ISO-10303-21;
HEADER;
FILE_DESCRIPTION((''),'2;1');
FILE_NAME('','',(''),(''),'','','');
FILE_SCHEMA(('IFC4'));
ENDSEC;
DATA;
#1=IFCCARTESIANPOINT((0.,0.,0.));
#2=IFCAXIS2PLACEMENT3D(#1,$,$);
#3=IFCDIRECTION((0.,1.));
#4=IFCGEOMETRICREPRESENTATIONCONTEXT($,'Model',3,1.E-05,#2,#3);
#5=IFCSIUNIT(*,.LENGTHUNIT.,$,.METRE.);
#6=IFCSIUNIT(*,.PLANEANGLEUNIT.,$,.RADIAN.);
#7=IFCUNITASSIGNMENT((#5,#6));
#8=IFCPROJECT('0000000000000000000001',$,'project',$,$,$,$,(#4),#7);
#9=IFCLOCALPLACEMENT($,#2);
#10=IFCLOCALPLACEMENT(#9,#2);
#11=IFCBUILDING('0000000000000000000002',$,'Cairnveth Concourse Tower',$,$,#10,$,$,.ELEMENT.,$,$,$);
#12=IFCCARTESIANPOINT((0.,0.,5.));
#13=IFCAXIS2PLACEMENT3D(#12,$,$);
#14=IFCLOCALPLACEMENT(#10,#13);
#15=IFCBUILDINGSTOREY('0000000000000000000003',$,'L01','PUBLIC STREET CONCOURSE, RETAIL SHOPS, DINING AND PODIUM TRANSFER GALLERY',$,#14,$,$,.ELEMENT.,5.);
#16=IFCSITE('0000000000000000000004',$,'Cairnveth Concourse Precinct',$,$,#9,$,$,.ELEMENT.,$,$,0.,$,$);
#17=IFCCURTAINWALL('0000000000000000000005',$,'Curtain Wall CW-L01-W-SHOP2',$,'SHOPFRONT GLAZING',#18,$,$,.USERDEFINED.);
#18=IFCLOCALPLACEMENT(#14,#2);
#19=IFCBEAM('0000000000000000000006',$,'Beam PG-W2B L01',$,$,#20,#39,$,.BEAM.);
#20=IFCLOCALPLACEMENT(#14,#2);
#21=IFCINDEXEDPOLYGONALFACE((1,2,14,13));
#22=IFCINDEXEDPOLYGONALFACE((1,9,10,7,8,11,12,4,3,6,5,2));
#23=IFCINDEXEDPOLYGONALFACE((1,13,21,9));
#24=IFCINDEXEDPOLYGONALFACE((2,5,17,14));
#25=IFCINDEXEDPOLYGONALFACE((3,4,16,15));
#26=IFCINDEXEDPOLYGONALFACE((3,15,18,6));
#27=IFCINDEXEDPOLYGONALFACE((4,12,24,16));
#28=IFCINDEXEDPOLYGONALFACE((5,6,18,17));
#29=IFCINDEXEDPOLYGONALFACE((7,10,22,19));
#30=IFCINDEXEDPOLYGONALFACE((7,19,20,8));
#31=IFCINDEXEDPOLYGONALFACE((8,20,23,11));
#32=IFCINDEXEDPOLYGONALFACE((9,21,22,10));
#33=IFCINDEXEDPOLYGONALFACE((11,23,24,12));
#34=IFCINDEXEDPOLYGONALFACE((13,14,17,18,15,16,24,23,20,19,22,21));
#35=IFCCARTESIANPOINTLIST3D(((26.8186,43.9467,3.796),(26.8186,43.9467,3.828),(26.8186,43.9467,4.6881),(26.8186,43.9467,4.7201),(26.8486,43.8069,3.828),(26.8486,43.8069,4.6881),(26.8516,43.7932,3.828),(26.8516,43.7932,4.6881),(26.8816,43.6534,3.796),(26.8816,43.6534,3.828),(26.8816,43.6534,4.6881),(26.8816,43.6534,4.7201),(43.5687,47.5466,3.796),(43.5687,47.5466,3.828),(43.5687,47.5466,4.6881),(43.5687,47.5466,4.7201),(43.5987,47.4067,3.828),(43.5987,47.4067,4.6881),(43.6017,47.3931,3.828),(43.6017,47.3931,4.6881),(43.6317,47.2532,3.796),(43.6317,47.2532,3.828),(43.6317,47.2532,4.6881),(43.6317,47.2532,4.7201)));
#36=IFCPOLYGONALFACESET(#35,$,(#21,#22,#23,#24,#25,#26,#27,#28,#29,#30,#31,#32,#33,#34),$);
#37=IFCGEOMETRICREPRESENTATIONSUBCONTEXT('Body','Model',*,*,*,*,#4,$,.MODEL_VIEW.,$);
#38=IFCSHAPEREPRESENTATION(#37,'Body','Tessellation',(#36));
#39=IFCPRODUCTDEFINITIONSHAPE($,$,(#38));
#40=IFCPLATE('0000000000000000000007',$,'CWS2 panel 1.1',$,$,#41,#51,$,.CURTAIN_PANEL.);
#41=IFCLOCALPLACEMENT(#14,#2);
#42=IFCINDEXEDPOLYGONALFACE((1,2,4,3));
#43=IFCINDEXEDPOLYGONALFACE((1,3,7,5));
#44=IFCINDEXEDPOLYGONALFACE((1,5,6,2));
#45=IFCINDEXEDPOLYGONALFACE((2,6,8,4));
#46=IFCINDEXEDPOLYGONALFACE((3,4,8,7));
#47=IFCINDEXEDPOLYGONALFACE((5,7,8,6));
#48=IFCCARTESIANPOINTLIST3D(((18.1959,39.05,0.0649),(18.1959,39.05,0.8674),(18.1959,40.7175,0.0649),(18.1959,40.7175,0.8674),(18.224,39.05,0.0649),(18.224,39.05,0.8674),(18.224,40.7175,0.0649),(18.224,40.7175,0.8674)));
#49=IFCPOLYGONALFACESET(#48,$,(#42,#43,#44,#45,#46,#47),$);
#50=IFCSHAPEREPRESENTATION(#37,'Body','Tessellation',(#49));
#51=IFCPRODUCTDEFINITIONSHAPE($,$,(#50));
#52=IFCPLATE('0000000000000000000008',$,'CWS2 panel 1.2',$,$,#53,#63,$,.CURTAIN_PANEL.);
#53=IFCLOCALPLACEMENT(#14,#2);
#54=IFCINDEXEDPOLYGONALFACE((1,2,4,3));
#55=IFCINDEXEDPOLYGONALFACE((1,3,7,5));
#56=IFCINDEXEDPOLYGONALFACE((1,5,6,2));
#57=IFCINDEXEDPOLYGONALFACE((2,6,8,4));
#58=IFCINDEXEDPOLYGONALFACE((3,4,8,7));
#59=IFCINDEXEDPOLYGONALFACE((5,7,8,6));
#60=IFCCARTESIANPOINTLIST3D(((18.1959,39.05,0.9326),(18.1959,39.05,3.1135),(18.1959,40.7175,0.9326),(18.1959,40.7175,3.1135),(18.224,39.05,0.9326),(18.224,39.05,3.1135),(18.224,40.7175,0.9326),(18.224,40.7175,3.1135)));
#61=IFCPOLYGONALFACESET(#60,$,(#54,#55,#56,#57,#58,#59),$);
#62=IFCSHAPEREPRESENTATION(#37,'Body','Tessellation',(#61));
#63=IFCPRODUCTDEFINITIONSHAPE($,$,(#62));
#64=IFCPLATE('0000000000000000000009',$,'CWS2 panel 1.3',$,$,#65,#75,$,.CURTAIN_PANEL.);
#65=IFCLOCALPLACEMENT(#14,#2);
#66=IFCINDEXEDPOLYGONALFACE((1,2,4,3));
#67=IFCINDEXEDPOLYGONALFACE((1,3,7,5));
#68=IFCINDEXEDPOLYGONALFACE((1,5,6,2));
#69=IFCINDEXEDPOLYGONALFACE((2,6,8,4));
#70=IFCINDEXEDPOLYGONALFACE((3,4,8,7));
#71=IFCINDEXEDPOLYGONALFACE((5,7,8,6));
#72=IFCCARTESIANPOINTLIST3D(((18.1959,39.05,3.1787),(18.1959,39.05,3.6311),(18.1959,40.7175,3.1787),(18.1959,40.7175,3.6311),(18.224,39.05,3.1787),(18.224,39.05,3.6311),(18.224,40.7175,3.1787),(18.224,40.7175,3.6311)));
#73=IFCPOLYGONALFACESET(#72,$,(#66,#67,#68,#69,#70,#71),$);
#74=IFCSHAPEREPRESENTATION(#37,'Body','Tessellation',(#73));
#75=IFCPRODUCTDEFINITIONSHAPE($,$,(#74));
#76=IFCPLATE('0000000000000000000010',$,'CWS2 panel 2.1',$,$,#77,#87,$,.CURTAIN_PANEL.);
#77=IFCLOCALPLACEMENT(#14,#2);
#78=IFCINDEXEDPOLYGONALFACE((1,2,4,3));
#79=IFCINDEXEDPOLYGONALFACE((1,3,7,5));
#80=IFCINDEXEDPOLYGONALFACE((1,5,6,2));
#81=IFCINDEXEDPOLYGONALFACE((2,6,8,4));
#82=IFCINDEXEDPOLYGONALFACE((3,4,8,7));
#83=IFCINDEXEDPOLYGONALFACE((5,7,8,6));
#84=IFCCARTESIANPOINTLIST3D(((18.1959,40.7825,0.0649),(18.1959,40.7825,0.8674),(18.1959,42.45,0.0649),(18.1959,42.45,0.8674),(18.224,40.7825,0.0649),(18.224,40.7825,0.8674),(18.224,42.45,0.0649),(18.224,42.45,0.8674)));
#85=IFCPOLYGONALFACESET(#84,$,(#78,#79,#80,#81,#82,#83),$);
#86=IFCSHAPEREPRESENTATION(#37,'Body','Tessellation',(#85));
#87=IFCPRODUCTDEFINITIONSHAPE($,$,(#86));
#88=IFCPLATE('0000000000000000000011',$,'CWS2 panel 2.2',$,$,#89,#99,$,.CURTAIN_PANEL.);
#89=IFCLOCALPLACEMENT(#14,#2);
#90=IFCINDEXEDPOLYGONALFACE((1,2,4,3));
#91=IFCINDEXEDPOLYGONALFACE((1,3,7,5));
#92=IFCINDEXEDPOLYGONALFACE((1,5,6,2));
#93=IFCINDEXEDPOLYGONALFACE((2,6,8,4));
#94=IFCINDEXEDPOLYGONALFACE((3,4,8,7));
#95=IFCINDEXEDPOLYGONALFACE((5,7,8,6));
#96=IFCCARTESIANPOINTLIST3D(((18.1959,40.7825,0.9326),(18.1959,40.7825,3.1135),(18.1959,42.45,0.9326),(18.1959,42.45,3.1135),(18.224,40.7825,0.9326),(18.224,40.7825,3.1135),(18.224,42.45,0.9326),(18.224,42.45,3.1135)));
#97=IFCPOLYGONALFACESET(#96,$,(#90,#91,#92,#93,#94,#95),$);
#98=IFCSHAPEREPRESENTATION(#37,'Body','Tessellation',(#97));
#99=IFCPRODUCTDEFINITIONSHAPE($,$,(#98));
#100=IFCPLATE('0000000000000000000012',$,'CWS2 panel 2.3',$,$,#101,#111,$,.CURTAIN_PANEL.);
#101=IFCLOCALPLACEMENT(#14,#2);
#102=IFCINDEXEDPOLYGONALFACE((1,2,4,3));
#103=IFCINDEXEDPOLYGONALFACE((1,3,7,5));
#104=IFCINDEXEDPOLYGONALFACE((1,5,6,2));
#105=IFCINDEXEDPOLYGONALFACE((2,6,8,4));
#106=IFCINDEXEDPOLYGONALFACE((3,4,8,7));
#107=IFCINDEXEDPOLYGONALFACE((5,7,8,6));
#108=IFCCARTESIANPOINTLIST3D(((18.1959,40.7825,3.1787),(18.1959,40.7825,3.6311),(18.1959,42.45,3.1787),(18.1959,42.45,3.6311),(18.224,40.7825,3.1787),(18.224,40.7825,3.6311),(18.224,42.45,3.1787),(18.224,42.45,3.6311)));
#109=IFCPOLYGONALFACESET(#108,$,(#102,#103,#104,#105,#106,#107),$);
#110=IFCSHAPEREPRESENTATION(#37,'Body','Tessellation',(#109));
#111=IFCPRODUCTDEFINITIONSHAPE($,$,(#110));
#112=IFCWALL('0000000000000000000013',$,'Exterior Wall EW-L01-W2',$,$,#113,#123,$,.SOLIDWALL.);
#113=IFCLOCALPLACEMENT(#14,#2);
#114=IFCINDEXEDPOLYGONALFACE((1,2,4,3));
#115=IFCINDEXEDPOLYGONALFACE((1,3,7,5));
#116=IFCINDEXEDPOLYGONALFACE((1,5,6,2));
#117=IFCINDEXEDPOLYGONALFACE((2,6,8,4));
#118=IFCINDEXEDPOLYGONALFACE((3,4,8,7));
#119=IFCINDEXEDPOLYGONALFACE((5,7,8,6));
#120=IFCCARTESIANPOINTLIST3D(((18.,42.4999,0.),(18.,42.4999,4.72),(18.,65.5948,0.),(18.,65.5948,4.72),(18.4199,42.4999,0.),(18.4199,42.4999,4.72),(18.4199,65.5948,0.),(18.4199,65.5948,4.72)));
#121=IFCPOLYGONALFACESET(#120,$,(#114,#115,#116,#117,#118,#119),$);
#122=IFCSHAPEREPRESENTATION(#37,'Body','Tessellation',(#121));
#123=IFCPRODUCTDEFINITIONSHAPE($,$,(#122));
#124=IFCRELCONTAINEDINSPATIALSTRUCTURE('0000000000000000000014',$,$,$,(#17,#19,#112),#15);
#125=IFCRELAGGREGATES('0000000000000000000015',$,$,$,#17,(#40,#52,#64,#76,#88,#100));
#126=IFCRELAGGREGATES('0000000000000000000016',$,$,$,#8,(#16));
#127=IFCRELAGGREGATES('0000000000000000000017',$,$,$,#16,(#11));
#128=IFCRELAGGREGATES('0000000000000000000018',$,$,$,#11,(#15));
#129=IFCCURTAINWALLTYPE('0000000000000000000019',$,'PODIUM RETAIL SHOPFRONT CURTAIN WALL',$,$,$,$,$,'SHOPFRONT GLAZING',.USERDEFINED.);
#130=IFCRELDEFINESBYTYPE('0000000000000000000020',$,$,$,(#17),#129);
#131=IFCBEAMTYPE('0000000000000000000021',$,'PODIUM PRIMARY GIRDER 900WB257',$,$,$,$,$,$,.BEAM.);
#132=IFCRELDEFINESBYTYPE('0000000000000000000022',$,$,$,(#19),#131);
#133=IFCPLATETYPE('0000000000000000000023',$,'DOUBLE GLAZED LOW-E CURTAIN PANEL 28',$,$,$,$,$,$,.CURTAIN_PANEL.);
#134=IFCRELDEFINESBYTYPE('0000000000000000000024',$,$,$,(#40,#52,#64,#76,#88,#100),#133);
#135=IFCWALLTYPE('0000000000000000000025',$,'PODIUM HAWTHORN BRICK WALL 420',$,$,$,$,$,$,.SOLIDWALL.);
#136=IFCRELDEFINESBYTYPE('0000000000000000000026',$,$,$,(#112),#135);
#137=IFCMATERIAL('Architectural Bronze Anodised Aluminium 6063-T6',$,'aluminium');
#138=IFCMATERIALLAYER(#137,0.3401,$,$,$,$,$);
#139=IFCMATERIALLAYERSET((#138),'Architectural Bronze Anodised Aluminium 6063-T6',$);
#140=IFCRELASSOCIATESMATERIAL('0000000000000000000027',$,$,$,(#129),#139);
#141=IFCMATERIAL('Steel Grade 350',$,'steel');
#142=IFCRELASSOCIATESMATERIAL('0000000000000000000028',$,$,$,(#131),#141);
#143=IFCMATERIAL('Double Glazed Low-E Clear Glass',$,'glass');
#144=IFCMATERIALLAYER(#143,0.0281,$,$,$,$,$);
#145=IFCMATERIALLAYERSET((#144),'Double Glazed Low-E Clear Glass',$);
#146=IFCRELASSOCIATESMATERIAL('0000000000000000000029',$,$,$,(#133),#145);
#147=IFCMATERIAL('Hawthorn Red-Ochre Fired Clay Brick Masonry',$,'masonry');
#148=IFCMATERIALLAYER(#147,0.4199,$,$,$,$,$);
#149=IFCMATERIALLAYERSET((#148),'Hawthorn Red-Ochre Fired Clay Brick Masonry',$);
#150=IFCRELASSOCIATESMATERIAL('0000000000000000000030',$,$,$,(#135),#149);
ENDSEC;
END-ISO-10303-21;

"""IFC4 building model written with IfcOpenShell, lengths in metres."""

from ifc_helpers import new_model, si_unit, direction, frame, frame_2d, origin, origin_2d, place, context, subcontext, project, spatial, rectangle, i_section, extrude, material, layer, layer_set, material_profile, profile_set, type_object, element, aggregate, save


model = new_model("IFC4")

# Units and contexts
model_context = context("Model", 3, precision=1e-05, world=origin(), true_north=direction((0.0, 1.0)))
body_context = subcontext(model_context, "Body", "Model", "MODEL_VIEW")
ifc_project = project(units=[si_unit("LENGTHUNIT", "METRE"), si_unit("PLANEANGLEUNIT", "RADIAN")], contexts=[model_context])

# Site, building, storey
site_placement = place(None, origin())
site = spatial("IfcSite", under=ifc_project, at=site_placement, Name="Cairnveth Concourse Precinct", CompositionType="ELEMENT", RefElevation=0.0)
building_placement = place(site_placement, origin())
building = spatial("IfcBuilding", under=site, at=building_placement, Name="Cairnveth Concourse Tower", CompositionType="ELEMENT")
storey_placement = place(building_placement, frame((0.0, 0.0, 5.0)))
storey = spatial("IfcBuildingStorey", under=building, at=storey_placement, Name="L01", Description="PUBLIC STREET CONCOURSE, RETAIL SHOPS, DINING AND PODIUM TRANSFER GALLERY", CompositionType="ELEMENT", Elevation=5.0)

# Shared definitions
ifc_material_1 = material(Name="Architectural Bronze Anodised Aluminium 6063-T6", Category="aluminium")
ifc_layer_1 = layer(ifc_material_1, 0.3401)
ifc_layer_set_1 = layer_set([ifc_layer_1], Name="Architectural Bronze Anodised Aluminium 6063-T6")
curtain_wall_type = type_object("IfcCurtainWallType", Name="PODIUM RETAIL SHOPFRONT CURTAIN WALL", ElementType="SHOPFRONT GLAZING", PredefinedType="USERDEFINED", material=ifc_layer_set_1)

# Curtain wall
curtain_wall_1_placement = place(storey_placement, origin())
curtain_wall_1 = element("IfcCurtainWall", 1, at=curtain_wall_1_placement, inside=storey, type_object=curtain_wall_type, Name="Curtain Wall CW-L01-W-SHOP2", ObjectType="SHOPFRONT GLAZING", PredefinedType="USERDEFINED")

# Beam
ifc_material_2 = material(Name="Steel Grade 350", Category="steel")
ifc_material_profile_1 = material_profile(ifc_material_2, i_section(OverallWidth=0.3, OverallDepth=0.9241, WebThickness=0.0139, FlangeThickness=0.032, at=origin_2d()), Name="900WB257")
ifc_profile_set_1 = profile_set([ifc_material_profile_1], Name="Steel Grade 350")
beam_type = type_object("IfcBeamType", Name="PODIUM PRIMARY GIRDER 900WB257", PredefinedType="BEAM", material=ifc_profile_set_1)
beam_placement = place(storey_placement, frame((26.8501, 43.8, 4.2581), z_axis=(0.977676, 0.210119, 0.0), x_axis=(-0.210119, 0.977676, 0.0)))
element("IfcBeam", 2, at=beam_placement, inside=storey, type_object=beam_type, Name="Beam PG-W2B L01", PredefinedType="BEAM", context=body_context, shape_type="SweptSolid", body=[
    extrude(i_section(OverallWidth=0.3, OverallDepth=0.9241, WebThickness=0.0139, FlangeThickness=0.032, at=origin_2d()), origin(), (0.0, 0.0, 1.0), 17.1326),
])

# Plates
ifc_material_3 = material(Name="Double Glazed Low-E Clear Glass", Category="glass")
ifc_layer_2 = layer(ifc_material_3, 0.0281)
ifc_layer_set_2 = layer_set([ifc_layer_2], Name="Double Glazed Low-E Clear Glass")
plate_type = type_object("IfcPlateType", Name="DOUBLE GLAZED LOW-E CURTAIN PANEL 28", PredefinedType="CURTAIN_PANEL", material=ifc_layer_set_2)
plate_1_placement = place(storey_placement, frame((18.21, 39.8838, 0.0649), z_axis=(0.0, 0.0, 1.0), x_axis=(0.0, 1.0, 0.0)))
plate_1 = element("IfcPlate", 3, at=plate_1_placement, type_object=plate_type, Name="CWS2 panel 1.1", PredefinedType="CURTAIN_PANEL", context=body_context, shape_type="SweptSolid", body=[
    extrude(rectangle(XDim=1.6675, YDim=0.0281, at=origin_2d()), origin(), (0.0, 0.0, 1.0), 0.8025),
])
plate_2_placement = place(storey_placement, frame((18.21, 39.8838, 0.9326), z_axis=(0.0, 0.0, 1.0), x_axis=(0.0, 1.0, 0.0)))
plate_2 = element("IfcPlate", 4, at=plate_2_placement, type_object=plate_type, Name="CWS2 panel 1.2", PredefinedType="CURTAIN_PANEL", context=body_context, shape_type="SweptSolid", body=[
    extrude(rectangle(XDim=1.6675, YDim=0.0281, at=origin_2d()), origin(), (0.0, 0.0, 1.0), 2.1809),
])
plate_3_placement = place(storey_placement, frame((18.21, 39.8838, 3.1787), z_axis=(0.0, 0.0, 1.0), x_axis=(0.0, 1.0, 0.0)))
plate_3 = element("IfcPlate", 5, at=plate_3_placement, type_object=plate_type, Name="CWS2 panel 1.3", PredefinedType="CURTAIN_PANEL", context=body_context, shape_type="SweptSolid", body=[
    extrude(rectangle(XDim=1.6675, YDim=0.0281, at=origin_2d()), origin(), (0.0, 0.0, 1.0), 0.4524),
])
plate_4_placement = place(storey_placement, frame((18.21, 41.6162, 0.0649), z_axis=(0.0, 0.0, 1.0), x_axis=(0.0, 1.0, 0.0)))
plate_4 = element("IfcPlate", 6, at=plate_4_placement, type_object=plate_type, Name="CWS2 panel 2.1", PredefinedType="CURTAIN_PANEL", context=body_context, shape_type="SweptSolid", body=[
    extrude(rectangle(XDim=1.6675, YDim=0.0281, at=origin_2d()), origin(), (0.0, 0.0, 1.0), 0.8025),
])
plate_5_placement = place(storey_placement, frame((18.21, 41.6162, 0.9326), z_axis=(0.0, 0.0, 1.0), x_axis=(0.0, 1.0, 0.0)))
plate_5 = element("IfcPlate", 7, at=plate_5_placement, type_object=plate_type, Name="CWS2 panel 2.2", PredefinedType="CURTAIN_PANEL", context=body_context, shape_type="SweptSolid", body=[
    extrude(rectangle(XDim=1.6675, YDim=0.0281, at=origin_2d()), origin(), (0.0, 0.0, 1.0), 2.1809),
])
plate_6_placement = place(storey_placement, frame((18.21, 41.6162, 3.1787), z_axis=(0.0, 0.0, 1.0), x_axis=(0.0, 1.0, 0.0)))
plate_6 = element("IfcPlate", 8, at=plate_6_placement, type_object=plate_type, Name="CWS2 panel 2.3", PredefinedType="CURTAIN_PANEL", context=body_context, shape_type="SweptSolid", body=[
    extrude(rectangle(XDim=1.6675, YDim=0.0281, at=origin_2d()), origin(), (0.0, 0.0, 1.0), 0.4524),
])
aggregate(curtain_wall_1, [plate_1, plate_2, plate_3, plate_4, plate_5, plate_6])

# Wall
ifc_material_4 = material(Name="Hawthorn Red-Ochre Fired Clay Brick Masonry", Category="masonry")
ifc_layer_3 = layer(ifc_material_4, 0.4199)
ifc_layer_set_3 = layer_set([ifc_layer_3], Name="Hawthorn Red-Ochre Fired Clay Brick Masonry")
wall_type = type_object("IfcWallType", Name="PODIUM HAWTHORN BRICK WALL 420", PredefinedType="SOLIDWALL", material=ifc_layer_set_3)
wall_placement = place(storey_placement, frame((18.21, 42.5, 0.0), z_axis=(0.0, 0.0, 1.0), x_axis=(0.0, 1.0, 0.0)))
element("IfcWall", 9, at=wall_placement, inside=storey, type_object=wall_type, Name="Exterior Wall EW-L01-W2", PredefinedType="SOLIDWALL", context=body_context, shape_type="SweptSolid", body=[
    extrude(rectangle(XDim=23.095, YDim=0.4199, at=frame_2d((11.5474, 0.0))), origin(), (0.0, 0.0, 1.0), 4.72),
])

save(model, "model.ifc")
